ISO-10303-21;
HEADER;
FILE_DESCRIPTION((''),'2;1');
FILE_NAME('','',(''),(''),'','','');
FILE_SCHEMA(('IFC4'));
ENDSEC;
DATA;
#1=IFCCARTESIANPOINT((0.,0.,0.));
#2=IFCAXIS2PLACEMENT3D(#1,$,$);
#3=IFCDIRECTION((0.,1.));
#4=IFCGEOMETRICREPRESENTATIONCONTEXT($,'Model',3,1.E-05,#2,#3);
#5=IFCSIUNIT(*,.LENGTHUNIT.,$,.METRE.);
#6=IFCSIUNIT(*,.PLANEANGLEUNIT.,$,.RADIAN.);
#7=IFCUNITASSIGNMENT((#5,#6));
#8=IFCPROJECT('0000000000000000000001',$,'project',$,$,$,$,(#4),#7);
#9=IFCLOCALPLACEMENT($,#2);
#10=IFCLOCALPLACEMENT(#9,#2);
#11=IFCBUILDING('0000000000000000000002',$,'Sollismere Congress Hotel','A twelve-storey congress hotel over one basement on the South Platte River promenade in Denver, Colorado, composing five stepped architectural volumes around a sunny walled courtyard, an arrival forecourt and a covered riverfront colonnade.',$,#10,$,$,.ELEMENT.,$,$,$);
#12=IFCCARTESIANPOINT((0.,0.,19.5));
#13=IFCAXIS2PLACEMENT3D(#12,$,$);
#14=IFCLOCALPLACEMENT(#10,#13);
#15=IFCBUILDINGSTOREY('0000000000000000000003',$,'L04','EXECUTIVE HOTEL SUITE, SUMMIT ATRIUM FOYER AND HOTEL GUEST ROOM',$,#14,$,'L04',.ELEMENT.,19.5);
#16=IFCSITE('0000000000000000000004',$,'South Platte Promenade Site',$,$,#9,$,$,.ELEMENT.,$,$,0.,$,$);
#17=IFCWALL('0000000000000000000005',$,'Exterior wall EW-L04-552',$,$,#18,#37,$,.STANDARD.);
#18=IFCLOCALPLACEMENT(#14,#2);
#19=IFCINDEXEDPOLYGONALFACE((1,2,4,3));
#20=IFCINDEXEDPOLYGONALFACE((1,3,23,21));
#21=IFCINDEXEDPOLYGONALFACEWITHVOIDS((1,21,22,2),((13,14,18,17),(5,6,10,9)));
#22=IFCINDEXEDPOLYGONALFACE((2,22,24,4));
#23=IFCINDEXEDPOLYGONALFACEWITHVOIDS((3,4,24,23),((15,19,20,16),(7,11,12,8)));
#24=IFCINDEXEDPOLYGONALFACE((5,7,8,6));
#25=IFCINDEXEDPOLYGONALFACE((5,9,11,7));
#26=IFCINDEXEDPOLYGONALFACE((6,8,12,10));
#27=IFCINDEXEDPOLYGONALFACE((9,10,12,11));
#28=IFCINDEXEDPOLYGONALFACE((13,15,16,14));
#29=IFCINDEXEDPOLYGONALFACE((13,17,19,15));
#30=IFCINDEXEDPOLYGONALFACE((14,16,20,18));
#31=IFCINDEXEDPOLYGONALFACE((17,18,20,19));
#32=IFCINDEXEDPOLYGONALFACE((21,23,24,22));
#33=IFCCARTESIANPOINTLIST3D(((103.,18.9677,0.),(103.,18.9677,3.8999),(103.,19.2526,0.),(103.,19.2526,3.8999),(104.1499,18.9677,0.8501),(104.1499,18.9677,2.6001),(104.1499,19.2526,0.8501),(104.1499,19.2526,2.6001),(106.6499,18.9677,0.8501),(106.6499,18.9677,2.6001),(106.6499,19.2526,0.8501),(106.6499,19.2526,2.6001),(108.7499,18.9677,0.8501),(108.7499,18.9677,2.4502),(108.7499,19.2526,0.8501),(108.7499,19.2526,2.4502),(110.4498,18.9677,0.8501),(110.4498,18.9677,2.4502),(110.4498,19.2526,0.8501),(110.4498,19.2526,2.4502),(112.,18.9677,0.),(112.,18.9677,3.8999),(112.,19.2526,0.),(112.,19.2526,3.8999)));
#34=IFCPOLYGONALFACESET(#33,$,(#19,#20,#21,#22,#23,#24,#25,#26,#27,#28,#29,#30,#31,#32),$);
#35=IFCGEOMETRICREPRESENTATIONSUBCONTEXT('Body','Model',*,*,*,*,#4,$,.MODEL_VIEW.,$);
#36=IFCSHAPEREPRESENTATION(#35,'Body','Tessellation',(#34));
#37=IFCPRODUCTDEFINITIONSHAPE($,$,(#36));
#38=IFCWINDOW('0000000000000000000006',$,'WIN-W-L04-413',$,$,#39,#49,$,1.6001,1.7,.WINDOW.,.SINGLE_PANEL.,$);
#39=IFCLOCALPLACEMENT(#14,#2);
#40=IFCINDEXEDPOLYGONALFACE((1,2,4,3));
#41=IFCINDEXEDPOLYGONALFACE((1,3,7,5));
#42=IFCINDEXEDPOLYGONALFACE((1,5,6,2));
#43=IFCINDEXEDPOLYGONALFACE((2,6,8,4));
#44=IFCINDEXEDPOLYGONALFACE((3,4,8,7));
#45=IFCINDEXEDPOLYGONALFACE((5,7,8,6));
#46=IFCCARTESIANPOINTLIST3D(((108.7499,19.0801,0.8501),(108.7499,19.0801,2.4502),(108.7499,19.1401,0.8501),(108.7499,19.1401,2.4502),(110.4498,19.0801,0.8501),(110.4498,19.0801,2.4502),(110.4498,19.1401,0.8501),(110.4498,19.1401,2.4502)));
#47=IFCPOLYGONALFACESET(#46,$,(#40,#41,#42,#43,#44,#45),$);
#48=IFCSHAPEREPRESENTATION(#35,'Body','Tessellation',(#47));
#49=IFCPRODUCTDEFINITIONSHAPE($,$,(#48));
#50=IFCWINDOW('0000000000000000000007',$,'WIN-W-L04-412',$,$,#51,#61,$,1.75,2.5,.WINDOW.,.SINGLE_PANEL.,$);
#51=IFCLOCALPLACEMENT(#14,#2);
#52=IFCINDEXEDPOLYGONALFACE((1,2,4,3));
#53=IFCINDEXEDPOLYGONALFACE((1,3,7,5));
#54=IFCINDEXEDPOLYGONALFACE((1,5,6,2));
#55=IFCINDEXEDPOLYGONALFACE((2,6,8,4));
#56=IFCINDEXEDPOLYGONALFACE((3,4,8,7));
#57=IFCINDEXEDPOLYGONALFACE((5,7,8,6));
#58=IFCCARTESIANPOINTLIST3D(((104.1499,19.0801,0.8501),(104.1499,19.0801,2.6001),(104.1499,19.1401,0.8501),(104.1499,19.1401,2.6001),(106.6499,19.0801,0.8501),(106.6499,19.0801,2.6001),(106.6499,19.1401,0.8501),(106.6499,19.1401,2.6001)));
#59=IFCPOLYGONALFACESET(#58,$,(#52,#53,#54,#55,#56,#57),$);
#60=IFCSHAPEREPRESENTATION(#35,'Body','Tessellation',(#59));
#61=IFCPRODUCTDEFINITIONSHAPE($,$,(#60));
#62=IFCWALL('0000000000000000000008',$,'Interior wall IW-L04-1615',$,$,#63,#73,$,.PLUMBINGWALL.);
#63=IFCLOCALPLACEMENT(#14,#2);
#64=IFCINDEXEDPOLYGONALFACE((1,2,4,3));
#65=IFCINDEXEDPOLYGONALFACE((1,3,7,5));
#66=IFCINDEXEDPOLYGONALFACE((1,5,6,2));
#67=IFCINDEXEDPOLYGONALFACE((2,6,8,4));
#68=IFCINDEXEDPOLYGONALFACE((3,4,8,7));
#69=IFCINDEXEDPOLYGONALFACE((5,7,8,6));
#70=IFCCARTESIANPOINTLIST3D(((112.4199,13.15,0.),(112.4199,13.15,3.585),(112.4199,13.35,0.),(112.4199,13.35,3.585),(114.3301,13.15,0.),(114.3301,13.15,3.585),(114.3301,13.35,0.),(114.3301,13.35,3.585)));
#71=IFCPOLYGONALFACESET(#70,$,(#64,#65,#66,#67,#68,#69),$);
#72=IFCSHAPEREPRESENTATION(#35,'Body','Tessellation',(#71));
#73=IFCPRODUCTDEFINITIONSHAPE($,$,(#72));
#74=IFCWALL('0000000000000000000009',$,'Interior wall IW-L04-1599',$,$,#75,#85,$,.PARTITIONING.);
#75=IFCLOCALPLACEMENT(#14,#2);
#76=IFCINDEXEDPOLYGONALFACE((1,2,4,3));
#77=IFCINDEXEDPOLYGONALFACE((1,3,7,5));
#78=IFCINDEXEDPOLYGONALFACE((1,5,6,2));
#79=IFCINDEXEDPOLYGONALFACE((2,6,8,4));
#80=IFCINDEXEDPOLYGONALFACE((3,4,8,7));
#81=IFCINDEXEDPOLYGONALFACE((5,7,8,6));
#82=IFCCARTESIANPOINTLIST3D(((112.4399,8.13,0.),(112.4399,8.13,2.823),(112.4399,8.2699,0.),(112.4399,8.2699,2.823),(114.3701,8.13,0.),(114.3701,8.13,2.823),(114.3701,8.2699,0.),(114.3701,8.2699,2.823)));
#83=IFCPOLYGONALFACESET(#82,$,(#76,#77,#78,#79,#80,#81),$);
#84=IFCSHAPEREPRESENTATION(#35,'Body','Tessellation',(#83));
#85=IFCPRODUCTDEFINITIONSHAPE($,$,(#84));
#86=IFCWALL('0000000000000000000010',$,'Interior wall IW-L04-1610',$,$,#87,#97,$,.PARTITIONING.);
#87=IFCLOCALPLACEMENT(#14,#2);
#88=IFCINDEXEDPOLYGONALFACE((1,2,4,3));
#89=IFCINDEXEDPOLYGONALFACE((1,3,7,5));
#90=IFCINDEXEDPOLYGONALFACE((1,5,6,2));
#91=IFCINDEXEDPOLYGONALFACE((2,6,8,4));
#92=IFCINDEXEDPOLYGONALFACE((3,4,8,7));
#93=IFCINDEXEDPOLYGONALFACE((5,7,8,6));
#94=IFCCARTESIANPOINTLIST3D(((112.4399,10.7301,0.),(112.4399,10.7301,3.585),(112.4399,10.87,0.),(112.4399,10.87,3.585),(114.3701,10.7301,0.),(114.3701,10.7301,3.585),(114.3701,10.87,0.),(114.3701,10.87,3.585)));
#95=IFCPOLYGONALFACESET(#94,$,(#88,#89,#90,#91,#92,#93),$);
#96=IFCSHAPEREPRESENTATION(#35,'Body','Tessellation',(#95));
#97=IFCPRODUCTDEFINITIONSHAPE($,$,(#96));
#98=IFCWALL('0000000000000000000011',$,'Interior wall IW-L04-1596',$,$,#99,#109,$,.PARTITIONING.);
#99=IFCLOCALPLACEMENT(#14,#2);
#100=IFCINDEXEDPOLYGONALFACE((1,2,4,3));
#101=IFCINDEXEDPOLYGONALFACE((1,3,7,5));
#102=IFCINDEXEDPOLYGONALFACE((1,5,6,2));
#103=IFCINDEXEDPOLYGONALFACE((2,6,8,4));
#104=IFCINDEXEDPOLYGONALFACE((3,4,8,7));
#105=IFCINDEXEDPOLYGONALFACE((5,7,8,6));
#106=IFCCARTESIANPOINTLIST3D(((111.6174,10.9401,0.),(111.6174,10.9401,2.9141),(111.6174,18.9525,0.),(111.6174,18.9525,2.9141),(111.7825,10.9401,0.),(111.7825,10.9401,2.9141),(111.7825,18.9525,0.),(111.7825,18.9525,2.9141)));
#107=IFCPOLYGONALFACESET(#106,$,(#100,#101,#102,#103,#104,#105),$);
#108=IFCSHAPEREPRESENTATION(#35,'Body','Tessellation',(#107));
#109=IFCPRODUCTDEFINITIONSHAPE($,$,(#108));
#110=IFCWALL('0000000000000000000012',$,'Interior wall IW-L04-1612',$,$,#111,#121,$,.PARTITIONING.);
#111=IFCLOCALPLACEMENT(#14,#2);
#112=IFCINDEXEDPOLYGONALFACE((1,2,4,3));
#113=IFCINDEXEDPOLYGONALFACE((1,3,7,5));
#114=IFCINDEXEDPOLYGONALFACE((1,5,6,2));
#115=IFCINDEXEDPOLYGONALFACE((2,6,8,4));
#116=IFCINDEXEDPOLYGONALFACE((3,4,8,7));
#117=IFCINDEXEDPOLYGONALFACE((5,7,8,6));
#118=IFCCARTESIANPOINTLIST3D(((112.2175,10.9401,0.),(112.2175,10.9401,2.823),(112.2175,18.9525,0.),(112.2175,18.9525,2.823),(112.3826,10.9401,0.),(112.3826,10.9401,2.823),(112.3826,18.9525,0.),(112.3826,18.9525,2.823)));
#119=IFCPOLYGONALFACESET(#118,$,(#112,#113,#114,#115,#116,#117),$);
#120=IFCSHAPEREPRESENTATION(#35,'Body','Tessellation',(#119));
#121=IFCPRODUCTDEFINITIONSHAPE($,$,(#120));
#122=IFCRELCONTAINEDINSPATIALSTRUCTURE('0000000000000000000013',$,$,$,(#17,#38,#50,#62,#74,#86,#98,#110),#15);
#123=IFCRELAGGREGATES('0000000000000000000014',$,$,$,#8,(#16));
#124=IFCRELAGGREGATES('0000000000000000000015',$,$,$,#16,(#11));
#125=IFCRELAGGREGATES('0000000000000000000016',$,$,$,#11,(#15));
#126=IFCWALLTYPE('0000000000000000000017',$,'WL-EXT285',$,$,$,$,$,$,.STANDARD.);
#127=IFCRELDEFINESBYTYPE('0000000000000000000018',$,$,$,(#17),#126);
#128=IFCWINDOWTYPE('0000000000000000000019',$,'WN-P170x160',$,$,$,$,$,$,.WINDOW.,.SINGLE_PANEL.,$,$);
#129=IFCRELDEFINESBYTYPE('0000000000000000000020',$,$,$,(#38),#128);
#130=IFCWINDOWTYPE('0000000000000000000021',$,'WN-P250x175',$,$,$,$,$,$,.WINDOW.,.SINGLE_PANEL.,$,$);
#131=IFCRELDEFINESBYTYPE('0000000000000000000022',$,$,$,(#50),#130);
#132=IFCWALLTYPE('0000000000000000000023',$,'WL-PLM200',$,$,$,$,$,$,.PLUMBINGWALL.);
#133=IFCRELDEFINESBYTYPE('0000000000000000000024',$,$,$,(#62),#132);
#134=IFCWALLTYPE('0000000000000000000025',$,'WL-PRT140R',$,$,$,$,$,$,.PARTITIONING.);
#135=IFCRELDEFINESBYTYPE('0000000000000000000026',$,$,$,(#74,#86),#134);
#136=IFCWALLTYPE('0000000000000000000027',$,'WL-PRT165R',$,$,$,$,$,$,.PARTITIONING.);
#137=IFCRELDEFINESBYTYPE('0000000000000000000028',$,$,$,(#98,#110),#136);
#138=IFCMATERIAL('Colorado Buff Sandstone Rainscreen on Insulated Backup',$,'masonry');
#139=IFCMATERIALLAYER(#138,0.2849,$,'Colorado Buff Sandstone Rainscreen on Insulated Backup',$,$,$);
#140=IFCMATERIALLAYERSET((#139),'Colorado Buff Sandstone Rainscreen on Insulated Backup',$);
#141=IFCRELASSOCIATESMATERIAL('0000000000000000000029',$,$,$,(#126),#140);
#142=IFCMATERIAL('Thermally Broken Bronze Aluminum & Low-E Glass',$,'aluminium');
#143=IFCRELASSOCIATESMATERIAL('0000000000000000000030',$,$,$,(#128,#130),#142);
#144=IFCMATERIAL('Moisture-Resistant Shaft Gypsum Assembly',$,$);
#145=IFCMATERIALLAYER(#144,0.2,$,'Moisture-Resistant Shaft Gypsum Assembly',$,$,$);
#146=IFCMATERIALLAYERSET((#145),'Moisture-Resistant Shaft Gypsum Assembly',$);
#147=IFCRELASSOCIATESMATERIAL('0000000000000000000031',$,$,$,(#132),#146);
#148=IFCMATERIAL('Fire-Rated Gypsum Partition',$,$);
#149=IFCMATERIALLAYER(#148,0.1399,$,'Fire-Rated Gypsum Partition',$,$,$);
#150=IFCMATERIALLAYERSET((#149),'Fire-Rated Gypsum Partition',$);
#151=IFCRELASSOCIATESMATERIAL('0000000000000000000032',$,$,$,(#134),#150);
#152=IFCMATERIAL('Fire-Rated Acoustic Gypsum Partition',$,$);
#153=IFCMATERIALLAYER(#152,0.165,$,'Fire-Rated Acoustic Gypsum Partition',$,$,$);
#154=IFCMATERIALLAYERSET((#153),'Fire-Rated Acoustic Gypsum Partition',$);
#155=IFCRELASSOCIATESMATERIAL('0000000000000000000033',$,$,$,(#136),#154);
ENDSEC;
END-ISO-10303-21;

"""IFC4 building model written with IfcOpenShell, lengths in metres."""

from ifc_helpers import new_model, si_unit, direction, frame, frame_2d, origin, place, context, subcontext, project, spatial, rectangle, extrude, material, layer, layer_set, type_object, element, fill, save


model = new_model("IFC4")

# Units and contexts
model_context = context("Model", 3, precision=1e-05, world=origin(), true_north=direction((0.0, 1.0)))
body_context = subcontext(model_context, "Body", "Model", "MODEL_VIEW")
ifc_project = project(units=[si_unit("LENGTHUNIT", "METRE"), si_unit("PLANEANGLEUNIT", "RADIAN")], contexts=[model_context])

# Site, building, storey
site_placement = place(None, origin())
site = spatial("IfcSite", under=ifc_project, at=site_placement, Name="South Platte Promenade Site", CompositionType="ELEMENT", RefElevation=0.0)
building_placement = place(site_placement, origin())
building = spatial("IfcBuilding", under=site, at=building_placement, Name="Sollismere Congress Hotel", Description="A twelve-storey congress hotel over one basement on the South Platte River promenade in Denver, Colorado, composing five stepped architectural volumes around a sunny walled courtyard, an arrival forecourt and a covered riverfront colonnade.", CompositionType="ELEMENT")
storey_placement = place(building_placement, frame((0.0, 0.0, 19.5)))
storey = spatial("IfcBuildingStorey", under=building, at=storey_placement, Name="L04", Description="EXECUTIVE HOTEL SUITE, SUMMIT ATRIUM FOYER AND HOTEL GUEST ROOM", LongName="L04", CompositionType="ELEMENT", Elevation=19.5)

# Wall, openings, windows
ifc_material_1 = material(Name="Colorado Buff Sandstone Rainscreen on Insulated Backup", Category="masonry")
ifc_layer_1 = layer(ifc_material_1, 0.2849, Name="Colorado Buff Sandstone Rainscreen on Insulated Backup")
ifc_layer_set_1 = layer_set([ifc_layer_1], Name="Colorado Buff Sandstone Rainscreen on Insulated Backup")
wall_type_1 = type_object("IfcWallType", Name="WL-EXT285", PredefinedType="STANDARD", material=ifc_layer_set_1)
wall_1_placement = place(storey_placement, frame((112.0, 19.1101, 0.0), z_axis=(0.0, 0.0, 1.0), x_axis=(-1.0, 0.0, 0.0)))
wall_1 = element("IfcWall", 1, at=wall_1_placement, inside=storey, type_object=wall_type_1, Name="Exterior wall EW-L04-552", PredefinedType="STANDARD", context=body_context, shape_type="SweptSolid", body=[
    extrude(rectangle(XDim=9.0, YDim=0.2849, at=frame_2d((4.5, 0.0))), origin(), (0.0, 0.0, 1.0), 3.8999),
])
opening_1_placement = place(wall_1_placement, frame((5.3501, 0.0, 0.8501)))
opening_1 = element("IfcOpeningElement", 2, at=opening_1_placement, cuts=wall_1, PredefinedType="OPENING", context=body_context, shape_type="SweptSolid", body=[
    extrude(rectangle(XDim=2.5, YDim=1.75, at=frame_2d((1.25, 0.875))), frame((0.0, 0.1523, 0.0), z_axis=(0.0, -1.0, 0.0), x_axis=(1.0, 0.0, 0.0)), (0.0, 0.0, 1.0), 0.3049),
])
opening_2_placement = place(wall_1_placement, frame((1.55, 0.0, 0.8501)))
opening_2 = element("IfcOpeningElement", 3, at=opening_2_placement, cuts=wall_1, PredefinedType="OPENING", context=body_context, shape_type="SweptSolid", body=[
    extrude(rectangle(XDim=1.7, YDim=1.6001, at=frame_2d((0.8501, 0.8))), frame((0.0, 0.1523, 0.0), z_axis=(0.0, -1.0, 0.0), x_axis=(1.0, 0.0, 0.0)), (0.0, 0.0, 1.0), 0.3049),
])
ifc_material_2 = material(Name="Thermally Broken Bronze Aluminum & Low-E Glass", Category="aluminium")
window_type_1 = type_object("IfcWindowType", Name="WN-P170x160", PartitioningType="SINGLE_PANEL", PredefinedType="WINDOW", material=ifc_material_2)
window_1_placement = place(opening_2_placement, origin())
window_1 = element("IfcWindow", 4, at=window_1_placement, inside=storey, type_object=window_type_1, Name="WIN-W-L04-413", OverallHeight=1.6001, OverallWidth=1.7, PartitioningType="SINGLE_PANEL", PredefinedType="WINDOW", context=body_context, shape_type="SweptSolid", body=[
    extrude(rectangle(XDim=1.7, YDim=1.6001, at=frame_2d((0.8501, 0.8))), frame((0.0, 0.03, 0.0), z_axis=(0.0, -1.0, 0.0), x_axis=(1.0, 0.0, 0.0)), (0.0, 0.0, 1.0), 0.0601),
])
fill(opening_2, window_1)
window_type_2 = type_object("IfcWindowType", Name="WN-P250x175", PartitioningType="SINGLE_PANEL", PredefinedType="WINDOW", material=ifc_material_2)
window_2_placement = place(opening_1_placement, origin())
window_2 = element("IfcWindow", 5, at=window_2_placement, inside=storey, type_object=window_type_2, Name="WIN-W-L04-412", OverallHeight=1.75, OverallWidth=2.5, PartitioningType="SINGLE_PANEL", PredefinedType="WINDOW", context=body_context, shape_type="SweptSolid", body=[
    extrude(rectangle(XDim=2.5, YDim=1.75, at=frame_2d((1.25, 0.875))), frame((0.0, 0.03, 0.0), z_axis=(0.0, -1.0, 0.0), x_axis=(1.0, 0.0, 0.0)), (0.0, 0.0, 1.0), 0.0601),
])
fill(opening_1, window_2)

# Wall
ifc_material_3 = material(Name="Moisture-Resistant Shaft Gypsum Assembly")
ifc_layer_2 = layer(ifc_material_3, 0.2, Name="Moisture-Resistant Shaft Gypsum Assembly")
ifc_layer_set_2 = layer_set([ifc_layer_2], Name="Moisture-Resistant Shaft Gypsum Assembly")
wall_type_2 = type_object("IfcWallType", Name="WL-PLM200", PredefinedType="PLUMBINGWALL", material=ifc_layer_set_2)
wall_2_placement = place(storey_placement, frame((112.4199, 13.25, 0.0), z_axis=(0.0, 0.0, 1.0), x_axis=(1.0, 0.0, 0.0)))
element("IfcWall", 6, at=wall_2_placement, inside=storey, type_object=wall_type_2, Name="Interior wall IW-L04-1615", PredefinedType="PLUMBINGWALL", context=body_context, shape_type="SweptSolid", body=[
    extrude(rectangle(XDim=1.9102, YDim=0.2, at=frame_2d((0.9551, 0.0))), origin(), (0.0, 0.0, 1.0), 3.585),
])

# Shared definitions
ifc_material_4 = material(Name="Fire-Rated Gypsum Partition")
ifc_layer_3 = layer(ifc_material_4, 0.1399, Name="Fire-Rated Gypsum Partition")
ifc_layer_set_3 = layer_set([ifc_layer_3], Name="Fire-Rated Gypsum Partition")
wall_type_3 = type_object("IfcWallType", Name="WL-PRT140R", PredefinedType="PARTITIONING", material=ifc_layer_set_3)

# Walls
wall_3_placement = place(storey_placement, frame((112.4399, 8.2, 0.0), z_axis=(0.0, 0.0, 1.0), x_axis=(1.0, 0.0, 0.0)))
element("IfcWall", 7, at=wall_3_placement, inside=storey, type_object=wall_type_3, Name="Interior wall IW-L04-1599", PredefinedType="PARTITIONING", context=body_context, shape_type="SweptSolid", body=[
    extrude(rectangle(XDim=1.9302, YDim=0.1399, at=frame_2d((0.9651, 0.0))), origin(), (0.0, 0.0, 1.0), 2.823),
])
wall_4_placement = place(storey_placement, frame((112.4399, 10.8, 0.0), z_axis=(0.0, 0.0, 1.0), x_axis=(1.0, 0.0, 0.0)))
element("IfcWall", 8, at=wall_4_placement, inside=storey, type_object=wall_type_3, Name="Interior wall IW-L04-1610", PredefinedType="PARTITIONING", context=body_context, shape_type="SweptSolid", body=[
    extrude(rectangle(XDim=1.9302, YDim=0.1399, at=frame_2d((0.9651, 0.0))), origin(), (0.0, 0.0, 1.0), 3.585),
])
ifc_material_5 = material(Name="Fire-Rated Acoustic Gypsum Partition")
ifc_layer_4 = layer(ifc_material_5, 0.165, Name="Fire-Rated Acoustic Gypsum Partition")
ifc_layer_set_4 = layer_set([ifc_layer_4], Name="Fire-Rated Acoustic Gypsum Partition")
wall_type_4 = type_object("IfcWallType", Name="WL-PRT165R", PredefinedType="PARTITIONING", material=ifc_layer_set_4)
wall_5_placement = place(storey_placement, frame((111.7, 10.9399, 0.0), z_axis=(0.0, 0.0, 1.0), x_axis=(0.0, 1.0, 0.0)))
element("IfcWall", 9, at=wall_5_placement, inside=storey, type_object=wall_type_4, Name="Interior wall IW-L04-1596", PredefinedType="PARTITIONING", context=body_context, shape_type="SweptSolid", body=[
    extrude(rectangle(XDim=8.0125, YDim=0.165, at=frame_2d((4.0063, 0.0))), origin(), (0.0, 0.0, 1.0), 2.9141),
])
wall_6_placement = place(storey_placement, frame((112.3, 10.9399, 0.0), z_axis=(0.0, 0.0, 1.0), x_axis=(0.0, 1.0, 0.0)))
element("IfcWall", 10, at=wall_6_placement, inside=storey, type_object=wall_type_4, Name="Interior wall IW-L04-1612", PredefinedType="PARTITIONING", context=body_context, shape_type="SweptSolid", body=[
    extrude(rectangle(XDim=8.0125, YDim=0.165, at=frame_2d((4.0063, 0.0))), origin(), (0.0, 0.0, 1.0), 2.823),
])

save(model, "model.ifc")
